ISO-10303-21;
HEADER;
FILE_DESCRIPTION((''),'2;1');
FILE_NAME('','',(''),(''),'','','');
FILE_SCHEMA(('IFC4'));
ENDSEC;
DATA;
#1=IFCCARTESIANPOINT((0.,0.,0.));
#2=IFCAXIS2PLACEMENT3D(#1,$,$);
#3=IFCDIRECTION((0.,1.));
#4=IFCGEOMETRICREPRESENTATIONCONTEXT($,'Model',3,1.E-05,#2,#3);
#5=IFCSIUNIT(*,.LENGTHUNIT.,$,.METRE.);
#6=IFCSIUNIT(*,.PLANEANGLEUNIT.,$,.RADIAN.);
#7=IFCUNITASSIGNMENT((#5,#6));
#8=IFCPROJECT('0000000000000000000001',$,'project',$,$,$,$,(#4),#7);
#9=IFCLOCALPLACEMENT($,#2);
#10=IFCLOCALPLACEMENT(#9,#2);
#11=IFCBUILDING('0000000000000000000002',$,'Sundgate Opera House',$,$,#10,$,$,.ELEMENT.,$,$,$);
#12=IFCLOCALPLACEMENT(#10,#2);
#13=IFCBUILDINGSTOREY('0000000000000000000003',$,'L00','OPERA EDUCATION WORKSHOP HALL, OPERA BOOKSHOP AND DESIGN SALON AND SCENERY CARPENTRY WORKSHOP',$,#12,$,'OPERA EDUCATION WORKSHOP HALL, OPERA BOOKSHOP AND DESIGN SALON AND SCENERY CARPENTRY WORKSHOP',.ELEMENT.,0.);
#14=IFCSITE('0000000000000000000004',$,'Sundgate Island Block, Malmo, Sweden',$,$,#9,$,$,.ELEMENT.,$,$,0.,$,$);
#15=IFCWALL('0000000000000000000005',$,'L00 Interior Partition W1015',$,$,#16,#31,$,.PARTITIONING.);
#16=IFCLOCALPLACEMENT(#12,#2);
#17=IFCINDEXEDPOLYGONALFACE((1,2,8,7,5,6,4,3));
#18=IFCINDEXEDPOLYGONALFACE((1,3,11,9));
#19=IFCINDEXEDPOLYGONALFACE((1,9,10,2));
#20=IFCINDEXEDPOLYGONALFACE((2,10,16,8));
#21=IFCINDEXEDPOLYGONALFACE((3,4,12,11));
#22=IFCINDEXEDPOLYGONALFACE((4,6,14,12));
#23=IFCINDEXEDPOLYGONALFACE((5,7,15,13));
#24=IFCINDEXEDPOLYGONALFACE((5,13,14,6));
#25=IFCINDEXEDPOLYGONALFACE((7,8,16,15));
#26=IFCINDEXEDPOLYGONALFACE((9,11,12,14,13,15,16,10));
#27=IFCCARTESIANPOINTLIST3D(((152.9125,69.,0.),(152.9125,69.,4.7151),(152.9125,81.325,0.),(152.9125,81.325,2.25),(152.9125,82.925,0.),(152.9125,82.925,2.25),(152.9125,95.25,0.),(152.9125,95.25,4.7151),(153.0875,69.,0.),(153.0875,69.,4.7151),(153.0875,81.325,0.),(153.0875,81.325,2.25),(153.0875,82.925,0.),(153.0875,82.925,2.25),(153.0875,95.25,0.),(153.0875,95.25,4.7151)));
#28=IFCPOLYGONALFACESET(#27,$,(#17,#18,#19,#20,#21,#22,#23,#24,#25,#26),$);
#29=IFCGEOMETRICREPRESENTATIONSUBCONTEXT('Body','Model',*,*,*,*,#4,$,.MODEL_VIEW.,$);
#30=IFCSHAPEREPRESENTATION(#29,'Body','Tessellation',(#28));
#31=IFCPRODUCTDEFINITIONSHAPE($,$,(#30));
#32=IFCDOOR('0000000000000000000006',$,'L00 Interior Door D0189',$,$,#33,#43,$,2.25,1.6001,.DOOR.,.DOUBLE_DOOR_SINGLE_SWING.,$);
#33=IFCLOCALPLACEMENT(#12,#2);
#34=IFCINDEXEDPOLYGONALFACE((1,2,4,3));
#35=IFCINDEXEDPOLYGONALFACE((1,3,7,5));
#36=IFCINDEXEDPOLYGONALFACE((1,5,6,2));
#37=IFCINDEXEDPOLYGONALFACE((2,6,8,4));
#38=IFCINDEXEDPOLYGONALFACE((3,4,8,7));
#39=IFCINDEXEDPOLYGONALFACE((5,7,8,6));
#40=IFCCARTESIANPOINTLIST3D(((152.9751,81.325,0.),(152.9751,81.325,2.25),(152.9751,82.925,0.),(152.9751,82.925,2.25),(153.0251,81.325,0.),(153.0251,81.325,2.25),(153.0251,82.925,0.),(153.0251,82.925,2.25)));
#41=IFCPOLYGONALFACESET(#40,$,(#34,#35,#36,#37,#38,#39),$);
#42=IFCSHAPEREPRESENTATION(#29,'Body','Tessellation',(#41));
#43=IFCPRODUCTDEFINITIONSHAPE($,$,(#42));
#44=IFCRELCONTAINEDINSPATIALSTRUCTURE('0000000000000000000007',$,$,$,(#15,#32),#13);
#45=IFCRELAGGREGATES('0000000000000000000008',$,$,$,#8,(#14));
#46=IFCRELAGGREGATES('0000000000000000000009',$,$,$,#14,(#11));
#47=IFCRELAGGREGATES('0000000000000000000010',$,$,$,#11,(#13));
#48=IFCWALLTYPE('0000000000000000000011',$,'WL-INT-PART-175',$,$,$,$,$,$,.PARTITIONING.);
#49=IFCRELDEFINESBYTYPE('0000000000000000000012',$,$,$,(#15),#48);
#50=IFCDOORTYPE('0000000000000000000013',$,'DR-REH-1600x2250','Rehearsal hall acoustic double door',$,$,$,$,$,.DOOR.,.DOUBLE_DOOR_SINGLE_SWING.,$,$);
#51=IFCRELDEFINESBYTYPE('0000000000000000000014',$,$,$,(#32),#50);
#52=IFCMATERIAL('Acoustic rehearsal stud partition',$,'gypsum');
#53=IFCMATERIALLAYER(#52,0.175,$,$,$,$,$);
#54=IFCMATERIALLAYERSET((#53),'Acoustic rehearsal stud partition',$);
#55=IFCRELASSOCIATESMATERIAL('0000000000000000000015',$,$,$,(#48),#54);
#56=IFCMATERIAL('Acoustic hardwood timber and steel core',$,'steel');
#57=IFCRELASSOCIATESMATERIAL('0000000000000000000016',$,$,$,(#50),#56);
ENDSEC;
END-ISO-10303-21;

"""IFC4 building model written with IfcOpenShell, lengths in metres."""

from ifc_helpers import new_model, si_unit, direction, frame, frame_2d, origin, place, context, subcontext, project, spatial, rectangle, extrude, material, layer, layer_set, type_object, element, fill, save


model = new_model("IFC4")

# Units and contexts
model_context = context("Model", 3, precision=1e-05, world=origin(), true_north=direction((0.0, 1.0)))
body_context = subcontext(model_context, "Body", "Model", "MODEL_VIEW")
ifc_project = project(units=[si_unit("LENGTHUNIT", "METRE"), si_unit("PLANEANGLEUNIT", "RADIAN")], contexts=[model_context])

# Site, building, storey
site_placement = place(None, origin())
site = spatial("IfcSite", under=ifc_project, at=site_placement, Name="Sundgate Island Block, Malmo, Sweden", CompositionType="ELEMENT", RefElevation=0.0)
building_placement = place(site_placement, origin())
building = spatial("IfcBuilding", under=site, at=building_placement, Name="Sundgate Opera House", CompositionType="ELEMENT")
storey_placement = place(building_placement, origin())
storey = spatial("IfcBuildingStorey", under=building, at=storey_placement, Name="L00", Description="OPERA EDUCATION WORKSHOP HALL, OPERA BOOKSHOP AND DESIGN SALON AND SCENERY CARPENTRY WORKSHOP", LongName="OPERA EDUCATION WORKSHOP HALL, OPERA BOOKSHOP AND DESIGN SALON AND SCENERY CARPENTRY WORKSHOP", CompositionType="ELEMENT", Elevation=0.0)

# Wall, opening, door
ifc_material_1 = material(Name="Acoustic rehearsal stud partition", Category="gypsum")
ifc_layer_1 = layer(ifc_material_1, 0.175)
ifc_layer_set_1 = layer_set([ifc_layer_1], Name="Acoustic rehearsal stud partition")
wall_type_1 = type_object("IfcWallType", Name="WL-INT-PART-175", PredefinedType="PARTITIONING", material=ifc_layer_set_1)
wall_1_placement = place(storey_placement, frame((153.0, 69.0, 0.0), z_axis=(0.0, 0.0, 1.0), x_axis=(0.0, 1.0, 0.0)))
wall_1 = element("IfcWall", 1, at=wall_1_placement, inside=storey, type_object=wall_type_1, Name="L00 Interior Partition W1015", PredefinedType="PARTITIONING", context=body_context, shape_type="SweptSolid", body=[
    extrude(rectangle(XDim=26.25, YDim=0.175, at=frame_2d((13.125, 0.0))), origin(), (0.0, 0.0, 1.0), 4.7151),
])
opening_1_placement = place(wall_1_placement, frame((12.325, 0.0, 0.0)))
opening_1 = element("IfcOpeningElement", 2, at=opening_1_placement, cuts=wall_1, PredefinedType="OPENING", context=body_context, shape_type="SweptSolid", body=[
    extrude(rectangle(XDim=1.6001, YDim=2.25, at=frame_2d((0.8, 1.125))), frame((0.0, 0.0974, 0.0), z_axis=(0.0, -1.0, 0.0), x_axis=(1.0, 0.0, 0.0)), (0.0, 0.0, 1.0), 0.1951),
])
ifc_material_2 = material(Name="Acoustic hardwood timber and steel core", Category="steel")
door_type_1 = type_object("IfcDoorType", Name="DR-REH-1600x2250", Description="Rehearsal hall acoustic double door", OperationType="DOUBLE_DOOR_SINGLE_SWING", PredefinedType="DOOR", material=ifc_material_2)
door_1_placement = place(opening_1_placement, origin())
door_1 = element("IfcDoor", 3, at=door_1_placement, inside=storey, type_object=door_type_1, Name="L00 Interior Door D0189", OperationType="DOUBLE_DOOR_SINGLE_SWING", OverallHeight=2.25, OverallWidth=1.6001, PredefinedType="DOOR", context=body_context, shape_type="SweptSolid", body=[
    extrude(rectangle(XDim=1.6001, YDim=2.25, at=frame_2d((0.8, 1.125))), frame((0.0, 0.0249, 0.0), z_axis=(0.0, -1.0, 0.0), x_axis=(1.0, 0.0, 0.0)), (0.0, 0.0, 1.0), 0.05),
])
fill(opening_1, door_1)

save(model, "model.ifc")
